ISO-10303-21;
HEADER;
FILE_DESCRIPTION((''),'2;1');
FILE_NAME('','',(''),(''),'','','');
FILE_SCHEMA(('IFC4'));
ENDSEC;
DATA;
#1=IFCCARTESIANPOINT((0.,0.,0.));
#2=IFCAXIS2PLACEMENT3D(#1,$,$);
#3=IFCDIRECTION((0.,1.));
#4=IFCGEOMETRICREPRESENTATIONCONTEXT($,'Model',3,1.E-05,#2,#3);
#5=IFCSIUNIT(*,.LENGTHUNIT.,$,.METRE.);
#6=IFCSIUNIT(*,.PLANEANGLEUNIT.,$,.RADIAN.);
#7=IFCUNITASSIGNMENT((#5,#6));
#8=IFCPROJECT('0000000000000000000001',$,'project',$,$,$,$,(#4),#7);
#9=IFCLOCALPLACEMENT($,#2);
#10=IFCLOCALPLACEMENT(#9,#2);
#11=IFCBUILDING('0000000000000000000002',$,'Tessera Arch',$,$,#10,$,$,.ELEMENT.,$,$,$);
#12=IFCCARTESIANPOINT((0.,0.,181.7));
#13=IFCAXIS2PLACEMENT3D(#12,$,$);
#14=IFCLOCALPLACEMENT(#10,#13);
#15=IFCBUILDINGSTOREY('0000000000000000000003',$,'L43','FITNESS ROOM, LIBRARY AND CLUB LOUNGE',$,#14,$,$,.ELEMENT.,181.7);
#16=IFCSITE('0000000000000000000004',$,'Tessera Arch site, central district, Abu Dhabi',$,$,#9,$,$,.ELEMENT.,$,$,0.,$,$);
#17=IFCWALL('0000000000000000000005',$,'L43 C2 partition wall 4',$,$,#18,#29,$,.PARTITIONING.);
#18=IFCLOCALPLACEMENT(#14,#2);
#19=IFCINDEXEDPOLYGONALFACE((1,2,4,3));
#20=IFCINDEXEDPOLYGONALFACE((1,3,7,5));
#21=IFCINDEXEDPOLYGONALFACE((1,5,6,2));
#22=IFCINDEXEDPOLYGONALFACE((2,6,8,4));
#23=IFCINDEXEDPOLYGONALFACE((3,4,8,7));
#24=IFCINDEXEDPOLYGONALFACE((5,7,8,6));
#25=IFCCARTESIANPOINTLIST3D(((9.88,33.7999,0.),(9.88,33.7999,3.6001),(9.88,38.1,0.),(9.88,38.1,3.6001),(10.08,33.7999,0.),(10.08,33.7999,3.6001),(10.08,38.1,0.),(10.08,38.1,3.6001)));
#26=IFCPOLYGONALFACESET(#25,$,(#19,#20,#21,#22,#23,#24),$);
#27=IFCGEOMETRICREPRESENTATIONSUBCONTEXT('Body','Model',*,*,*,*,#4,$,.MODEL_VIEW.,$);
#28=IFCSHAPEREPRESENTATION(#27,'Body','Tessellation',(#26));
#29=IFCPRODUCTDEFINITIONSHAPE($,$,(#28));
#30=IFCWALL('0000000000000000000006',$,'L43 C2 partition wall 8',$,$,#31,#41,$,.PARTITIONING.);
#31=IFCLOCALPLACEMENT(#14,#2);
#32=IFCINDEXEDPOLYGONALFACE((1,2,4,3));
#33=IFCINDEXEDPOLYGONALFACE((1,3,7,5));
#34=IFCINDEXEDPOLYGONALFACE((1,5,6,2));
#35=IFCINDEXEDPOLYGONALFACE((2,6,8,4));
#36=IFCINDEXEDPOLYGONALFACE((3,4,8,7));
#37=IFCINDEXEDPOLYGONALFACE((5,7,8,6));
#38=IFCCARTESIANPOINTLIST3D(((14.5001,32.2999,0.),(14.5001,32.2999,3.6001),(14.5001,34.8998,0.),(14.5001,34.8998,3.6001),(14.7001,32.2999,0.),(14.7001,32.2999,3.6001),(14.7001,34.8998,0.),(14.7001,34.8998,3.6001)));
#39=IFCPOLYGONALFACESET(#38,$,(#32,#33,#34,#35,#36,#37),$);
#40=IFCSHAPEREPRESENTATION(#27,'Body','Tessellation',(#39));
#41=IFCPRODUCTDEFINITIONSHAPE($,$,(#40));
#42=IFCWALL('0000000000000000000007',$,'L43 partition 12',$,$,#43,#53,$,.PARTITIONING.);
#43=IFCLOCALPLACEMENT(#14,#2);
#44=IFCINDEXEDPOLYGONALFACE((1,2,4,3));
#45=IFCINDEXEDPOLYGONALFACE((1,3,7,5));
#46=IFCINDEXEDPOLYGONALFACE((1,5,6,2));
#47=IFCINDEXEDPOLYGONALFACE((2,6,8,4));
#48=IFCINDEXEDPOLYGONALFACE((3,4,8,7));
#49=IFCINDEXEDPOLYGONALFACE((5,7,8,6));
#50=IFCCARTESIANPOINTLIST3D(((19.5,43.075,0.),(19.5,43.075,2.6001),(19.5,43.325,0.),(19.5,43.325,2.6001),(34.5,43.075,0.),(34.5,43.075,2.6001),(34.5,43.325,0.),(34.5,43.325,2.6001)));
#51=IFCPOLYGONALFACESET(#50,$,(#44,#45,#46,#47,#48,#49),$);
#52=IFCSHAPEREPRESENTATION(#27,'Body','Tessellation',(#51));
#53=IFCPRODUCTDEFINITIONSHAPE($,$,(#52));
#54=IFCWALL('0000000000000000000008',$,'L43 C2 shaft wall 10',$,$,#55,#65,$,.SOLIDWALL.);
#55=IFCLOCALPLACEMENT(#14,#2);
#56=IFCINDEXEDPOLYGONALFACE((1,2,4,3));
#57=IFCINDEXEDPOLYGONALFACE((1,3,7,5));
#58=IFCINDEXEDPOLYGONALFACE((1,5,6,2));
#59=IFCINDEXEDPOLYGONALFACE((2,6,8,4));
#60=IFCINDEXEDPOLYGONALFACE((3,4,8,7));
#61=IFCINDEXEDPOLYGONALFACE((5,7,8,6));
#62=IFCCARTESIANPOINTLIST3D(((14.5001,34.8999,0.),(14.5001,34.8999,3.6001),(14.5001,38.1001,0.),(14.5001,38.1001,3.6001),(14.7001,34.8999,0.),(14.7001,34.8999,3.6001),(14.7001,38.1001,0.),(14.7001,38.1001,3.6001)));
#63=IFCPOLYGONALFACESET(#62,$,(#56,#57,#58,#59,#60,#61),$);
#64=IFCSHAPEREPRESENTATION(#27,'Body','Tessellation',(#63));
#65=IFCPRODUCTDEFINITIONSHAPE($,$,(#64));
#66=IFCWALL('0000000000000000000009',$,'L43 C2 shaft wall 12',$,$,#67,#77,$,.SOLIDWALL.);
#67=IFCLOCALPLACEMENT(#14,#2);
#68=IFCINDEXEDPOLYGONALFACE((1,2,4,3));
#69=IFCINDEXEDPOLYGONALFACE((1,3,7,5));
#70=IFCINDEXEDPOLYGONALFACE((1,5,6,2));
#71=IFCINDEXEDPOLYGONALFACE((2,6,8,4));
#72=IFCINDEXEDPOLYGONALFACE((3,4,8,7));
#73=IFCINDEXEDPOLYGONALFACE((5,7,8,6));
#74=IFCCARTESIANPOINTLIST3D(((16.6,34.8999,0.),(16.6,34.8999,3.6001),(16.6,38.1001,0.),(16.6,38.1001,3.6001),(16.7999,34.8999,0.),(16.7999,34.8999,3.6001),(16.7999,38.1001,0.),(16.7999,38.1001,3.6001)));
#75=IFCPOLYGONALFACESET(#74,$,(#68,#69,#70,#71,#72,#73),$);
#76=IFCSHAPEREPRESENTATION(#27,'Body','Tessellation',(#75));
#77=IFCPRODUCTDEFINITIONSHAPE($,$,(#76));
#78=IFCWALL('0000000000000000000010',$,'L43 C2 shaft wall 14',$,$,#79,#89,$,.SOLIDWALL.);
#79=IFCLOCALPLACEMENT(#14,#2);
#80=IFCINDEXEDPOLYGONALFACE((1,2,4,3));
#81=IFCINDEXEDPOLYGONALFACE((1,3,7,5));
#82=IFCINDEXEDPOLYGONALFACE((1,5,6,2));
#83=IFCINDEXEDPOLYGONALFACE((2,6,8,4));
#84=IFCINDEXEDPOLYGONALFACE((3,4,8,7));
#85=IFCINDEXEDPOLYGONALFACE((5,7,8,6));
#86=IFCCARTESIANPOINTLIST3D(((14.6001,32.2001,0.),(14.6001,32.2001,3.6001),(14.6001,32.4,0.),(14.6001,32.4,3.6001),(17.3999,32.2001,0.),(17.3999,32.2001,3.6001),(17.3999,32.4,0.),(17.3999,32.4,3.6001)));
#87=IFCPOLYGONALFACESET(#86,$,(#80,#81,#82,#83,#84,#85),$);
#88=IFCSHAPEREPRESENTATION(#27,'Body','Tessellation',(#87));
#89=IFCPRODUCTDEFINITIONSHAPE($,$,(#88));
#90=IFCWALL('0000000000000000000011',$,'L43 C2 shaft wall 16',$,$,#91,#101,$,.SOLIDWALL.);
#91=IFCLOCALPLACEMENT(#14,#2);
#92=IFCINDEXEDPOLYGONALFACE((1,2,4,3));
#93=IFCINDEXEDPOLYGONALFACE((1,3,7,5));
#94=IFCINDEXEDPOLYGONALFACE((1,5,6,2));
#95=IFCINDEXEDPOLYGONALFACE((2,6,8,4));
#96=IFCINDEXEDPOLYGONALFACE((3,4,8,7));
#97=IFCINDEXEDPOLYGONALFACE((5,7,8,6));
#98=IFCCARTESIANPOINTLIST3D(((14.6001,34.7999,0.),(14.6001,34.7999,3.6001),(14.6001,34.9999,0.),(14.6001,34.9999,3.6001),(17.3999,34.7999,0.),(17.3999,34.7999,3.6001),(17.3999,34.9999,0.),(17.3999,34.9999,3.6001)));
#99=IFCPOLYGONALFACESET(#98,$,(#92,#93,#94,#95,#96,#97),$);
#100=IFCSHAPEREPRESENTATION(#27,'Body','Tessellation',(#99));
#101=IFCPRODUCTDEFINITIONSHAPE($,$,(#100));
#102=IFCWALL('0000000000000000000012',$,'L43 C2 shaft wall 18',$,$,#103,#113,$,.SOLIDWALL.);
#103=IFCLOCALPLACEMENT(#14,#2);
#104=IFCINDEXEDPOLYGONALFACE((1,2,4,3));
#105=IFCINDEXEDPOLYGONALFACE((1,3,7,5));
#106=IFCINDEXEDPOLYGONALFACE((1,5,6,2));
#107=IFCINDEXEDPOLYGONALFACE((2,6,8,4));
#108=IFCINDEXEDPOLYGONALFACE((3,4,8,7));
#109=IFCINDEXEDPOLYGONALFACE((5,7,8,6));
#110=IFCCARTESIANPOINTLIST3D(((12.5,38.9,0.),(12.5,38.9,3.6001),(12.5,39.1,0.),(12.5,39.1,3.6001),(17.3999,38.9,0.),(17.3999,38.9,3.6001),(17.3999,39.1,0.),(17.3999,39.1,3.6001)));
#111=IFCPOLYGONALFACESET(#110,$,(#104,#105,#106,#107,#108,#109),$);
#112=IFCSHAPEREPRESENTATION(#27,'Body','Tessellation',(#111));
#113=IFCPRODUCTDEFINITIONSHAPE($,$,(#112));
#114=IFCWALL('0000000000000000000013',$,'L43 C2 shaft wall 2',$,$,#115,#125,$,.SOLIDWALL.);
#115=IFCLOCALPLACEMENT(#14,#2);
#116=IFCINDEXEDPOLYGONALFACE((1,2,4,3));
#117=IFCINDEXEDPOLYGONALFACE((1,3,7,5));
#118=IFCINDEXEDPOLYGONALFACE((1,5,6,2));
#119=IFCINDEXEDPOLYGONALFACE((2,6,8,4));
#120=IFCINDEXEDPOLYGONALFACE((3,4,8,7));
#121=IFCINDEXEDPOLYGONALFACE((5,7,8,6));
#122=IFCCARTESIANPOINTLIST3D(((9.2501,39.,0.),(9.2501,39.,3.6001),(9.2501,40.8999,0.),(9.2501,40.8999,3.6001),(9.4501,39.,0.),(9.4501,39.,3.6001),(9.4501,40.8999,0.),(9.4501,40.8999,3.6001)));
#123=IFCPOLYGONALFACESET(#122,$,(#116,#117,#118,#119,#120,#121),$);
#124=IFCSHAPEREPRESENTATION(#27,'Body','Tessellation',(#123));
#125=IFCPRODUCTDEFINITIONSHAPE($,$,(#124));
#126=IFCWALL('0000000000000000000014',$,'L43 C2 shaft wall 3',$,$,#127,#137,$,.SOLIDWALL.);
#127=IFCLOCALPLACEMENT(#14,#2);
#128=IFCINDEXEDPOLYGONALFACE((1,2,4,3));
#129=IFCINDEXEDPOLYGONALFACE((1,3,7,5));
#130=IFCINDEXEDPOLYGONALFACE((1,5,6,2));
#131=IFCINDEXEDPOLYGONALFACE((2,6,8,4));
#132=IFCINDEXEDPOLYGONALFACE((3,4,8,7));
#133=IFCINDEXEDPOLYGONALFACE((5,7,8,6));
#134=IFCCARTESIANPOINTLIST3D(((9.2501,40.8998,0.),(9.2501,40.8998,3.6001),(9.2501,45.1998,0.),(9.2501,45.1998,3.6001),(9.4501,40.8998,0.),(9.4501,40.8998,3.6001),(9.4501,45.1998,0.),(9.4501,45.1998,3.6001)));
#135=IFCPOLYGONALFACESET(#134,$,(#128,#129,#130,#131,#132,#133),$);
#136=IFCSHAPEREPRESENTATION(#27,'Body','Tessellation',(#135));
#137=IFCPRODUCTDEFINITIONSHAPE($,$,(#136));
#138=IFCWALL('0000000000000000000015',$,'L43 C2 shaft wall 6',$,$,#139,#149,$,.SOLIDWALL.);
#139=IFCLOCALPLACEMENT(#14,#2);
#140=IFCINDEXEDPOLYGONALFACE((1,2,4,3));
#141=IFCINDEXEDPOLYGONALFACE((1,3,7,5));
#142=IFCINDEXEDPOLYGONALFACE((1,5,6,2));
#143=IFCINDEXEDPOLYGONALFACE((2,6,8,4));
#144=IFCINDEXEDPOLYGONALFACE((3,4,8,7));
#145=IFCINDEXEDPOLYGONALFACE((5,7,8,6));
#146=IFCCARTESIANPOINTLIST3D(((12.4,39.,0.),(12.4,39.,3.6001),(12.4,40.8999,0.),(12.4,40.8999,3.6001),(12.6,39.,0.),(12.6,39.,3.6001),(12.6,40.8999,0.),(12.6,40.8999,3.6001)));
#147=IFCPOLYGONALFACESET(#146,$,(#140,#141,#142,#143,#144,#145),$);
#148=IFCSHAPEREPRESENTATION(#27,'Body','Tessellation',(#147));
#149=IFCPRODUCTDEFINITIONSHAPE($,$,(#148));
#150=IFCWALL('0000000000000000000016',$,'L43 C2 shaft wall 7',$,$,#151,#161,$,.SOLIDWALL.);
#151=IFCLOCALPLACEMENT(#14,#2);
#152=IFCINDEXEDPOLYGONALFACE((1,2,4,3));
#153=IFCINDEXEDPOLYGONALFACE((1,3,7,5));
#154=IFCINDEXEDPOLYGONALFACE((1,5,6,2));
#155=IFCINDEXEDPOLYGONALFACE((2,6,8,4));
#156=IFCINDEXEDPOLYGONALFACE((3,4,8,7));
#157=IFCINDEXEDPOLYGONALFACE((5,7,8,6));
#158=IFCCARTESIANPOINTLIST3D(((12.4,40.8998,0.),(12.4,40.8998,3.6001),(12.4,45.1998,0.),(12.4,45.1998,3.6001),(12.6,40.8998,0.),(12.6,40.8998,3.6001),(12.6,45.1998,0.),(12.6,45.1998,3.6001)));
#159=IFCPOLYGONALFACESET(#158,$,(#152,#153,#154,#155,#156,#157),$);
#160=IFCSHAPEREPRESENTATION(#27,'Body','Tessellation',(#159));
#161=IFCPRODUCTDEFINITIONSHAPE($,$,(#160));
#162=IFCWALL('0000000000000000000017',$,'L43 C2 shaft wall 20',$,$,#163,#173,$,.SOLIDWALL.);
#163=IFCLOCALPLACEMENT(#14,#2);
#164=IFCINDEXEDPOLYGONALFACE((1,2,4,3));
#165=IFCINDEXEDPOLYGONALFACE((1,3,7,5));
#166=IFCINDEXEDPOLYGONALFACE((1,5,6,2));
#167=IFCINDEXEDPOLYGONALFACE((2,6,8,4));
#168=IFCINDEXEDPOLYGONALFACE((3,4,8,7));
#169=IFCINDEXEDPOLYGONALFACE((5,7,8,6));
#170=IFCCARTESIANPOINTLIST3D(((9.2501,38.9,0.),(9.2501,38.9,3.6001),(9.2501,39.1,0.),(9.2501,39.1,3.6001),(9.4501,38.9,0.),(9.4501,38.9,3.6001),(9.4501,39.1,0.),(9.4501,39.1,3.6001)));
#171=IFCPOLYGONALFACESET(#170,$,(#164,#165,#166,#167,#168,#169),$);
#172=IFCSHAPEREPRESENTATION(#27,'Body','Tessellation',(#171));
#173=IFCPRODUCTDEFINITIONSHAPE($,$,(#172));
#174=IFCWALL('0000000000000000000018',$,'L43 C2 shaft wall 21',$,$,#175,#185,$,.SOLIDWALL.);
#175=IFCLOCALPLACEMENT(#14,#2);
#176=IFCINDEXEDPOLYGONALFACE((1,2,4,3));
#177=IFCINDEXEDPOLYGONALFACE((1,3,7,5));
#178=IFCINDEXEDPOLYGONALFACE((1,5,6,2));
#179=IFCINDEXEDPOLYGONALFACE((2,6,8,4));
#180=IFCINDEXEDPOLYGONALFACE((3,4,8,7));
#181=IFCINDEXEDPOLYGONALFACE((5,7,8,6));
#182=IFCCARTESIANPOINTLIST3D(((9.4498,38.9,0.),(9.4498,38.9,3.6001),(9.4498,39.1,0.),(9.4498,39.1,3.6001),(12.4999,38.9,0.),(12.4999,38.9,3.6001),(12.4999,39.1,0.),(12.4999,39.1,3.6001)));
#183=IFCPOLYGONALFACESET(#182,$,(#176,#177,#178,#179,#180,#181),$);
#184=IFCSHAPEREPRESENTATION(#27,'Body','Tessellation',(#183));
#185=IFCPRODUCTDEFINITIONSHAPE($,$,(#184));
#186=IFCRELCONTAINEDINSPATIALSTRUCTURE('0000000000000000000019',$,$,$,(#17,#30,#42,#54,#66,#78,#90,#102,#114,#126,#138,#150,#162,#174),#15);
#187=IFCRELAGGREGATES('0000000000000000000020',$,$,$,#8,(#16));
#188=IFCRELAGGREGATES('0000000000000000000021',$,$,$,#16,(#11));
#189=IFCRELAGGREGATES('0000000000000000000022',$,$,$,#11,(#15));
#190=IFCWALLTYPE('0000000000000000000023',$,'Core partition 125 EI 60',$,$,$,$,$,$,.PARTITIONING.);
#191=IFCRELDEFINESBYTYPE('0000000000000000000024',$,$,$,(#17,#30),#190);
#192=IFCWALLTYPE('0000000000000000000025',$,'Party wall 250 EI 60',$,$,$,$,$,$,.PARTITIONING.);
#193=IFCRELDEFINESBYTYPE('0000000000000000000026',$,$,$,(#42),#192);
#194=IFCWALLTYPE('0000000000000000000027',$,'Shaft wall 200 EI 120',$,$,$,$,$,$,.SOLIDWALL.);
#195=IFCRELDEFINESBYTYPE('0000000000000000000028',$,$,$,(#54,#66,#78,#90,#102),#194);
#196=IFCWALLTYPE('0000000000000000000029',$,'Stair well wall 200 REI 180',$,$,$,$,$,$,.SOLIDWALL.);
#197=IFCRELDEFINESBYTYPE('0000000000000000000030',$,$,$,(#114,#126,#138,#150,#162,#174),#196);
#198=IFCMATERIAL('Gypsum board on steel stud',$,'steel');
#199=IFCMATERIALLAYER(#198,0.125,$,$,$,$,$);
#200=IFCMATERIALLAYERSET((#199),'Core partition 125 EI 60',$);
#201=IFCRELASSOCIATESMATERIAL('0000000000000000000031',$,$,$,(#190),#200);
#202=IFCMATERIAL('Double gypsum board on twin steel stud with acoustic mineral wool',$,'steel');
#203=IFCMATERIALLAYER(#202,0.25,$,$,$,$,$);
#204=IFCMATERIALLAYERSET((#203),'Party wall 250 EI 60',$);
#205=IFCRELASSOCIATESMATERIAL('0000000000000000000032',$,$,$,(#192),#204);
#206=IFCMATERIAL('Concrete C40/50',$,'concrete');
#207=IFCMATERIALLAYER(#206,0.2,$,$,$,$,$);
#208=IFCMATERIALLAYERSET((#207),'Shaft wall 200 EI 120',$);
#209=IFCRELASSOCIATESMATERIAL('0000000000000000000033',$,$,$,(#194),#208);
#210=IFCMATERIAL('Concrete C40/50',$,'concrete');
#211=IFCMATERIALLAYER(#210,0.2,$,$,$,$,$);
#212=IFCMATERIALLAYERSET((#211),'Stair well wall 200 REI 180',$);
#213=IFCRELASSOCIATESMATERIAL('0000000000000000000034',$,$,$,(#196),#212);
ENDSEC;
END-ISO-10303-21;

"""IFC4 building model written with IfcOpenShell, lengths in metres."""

from ifc_helpers import new_model, si_unit, direction, frame, frame_2d, origin, place, context, subcontext, project, spatial, rectangle, extrude, material, layer, layer_set, type_object, element, save


model = new_model("IFC4")

# Units and contexts
model_context = context("Model", 3, precision=1e-05, world=origin(), true_north=direction((0.0, 1.0)))
body_context = subcontext(model_context, "Body", "Model", "MODEL_VIEW")
ifc_project = project(units=[si_unit("LENGTHUNIT", "METRE"), si_unit("PLANEANGLEUNIT", "RADIAN")], contexts=[model_context])

# Site, building, storey
site_placement = place(None, origin())
site = spatial("IfcSite", under=ifc_project, at=site_placement, Name="Tessera Arch site, central district, Abu Dhabi", CompositionType="ELEMENT", RefElevation=0.0)
building_placement = place(site_placement, origin())
building = spatial("IfcBuilding", under=site, at=building_placement, Name="Tessera Arch", CompositionType="ELEMENT")
storey_placement = place(building_placement, frame((0.0, 0.0, 181.7)))
storey = spatial("IfcBuildingStorey", under=building, at=storey_placement, Name="L43", Description="FITNESS ROOM, LIBRARY AND CLUB LOUNGE", CompositionType="ELEMENT", Elevation=181.7)

# Walls
ifc_material_1 = material(Name="Gypsum board on steel stud", Category="steel")
ifc_layer_1 = layer(ifc_material_1, 0.125)
ifc_layer_set_1 = layer_set([ifc_layer_1], Name="Core partition 125 EI 60")
wall_type_1 = type_object("IfcWallType", Name="Core partition 125 EI 60", PredefinedType="PARTITIONING", material=ifc_layer_set_1)
wall_1_placement = place(storey_placement, frame((9.98, 33.8, 0.0), z_axis=(0.0, 0.0, 1.0), x_axis=(0.0, 1.0, 0.0)))
element("IfcWall", 1, at=wall_1_placement, inside=storey, type_object=wall_type_1, Name="L43 C2 partition wall 4", PredefinedType="PARTITIONING", context=body_context, shape_type="SweptSolid", body=[
    extrude(rectangle(XDim=4.3, YDim=0.2, at=frame_2d((2.1499, 0.0))), origin(), (0.0, 0.0, 1.0), 3.6001),
])
wall_2_placement = place(storey_placement, frame((14.6001, 32.3, 0.0), z_axis=(0.0, 0.0, 1.0), x_axis=(0.0, 1.0, 0.0)))
element("IfcWall", 2, at=wall_2_placement, inside=storey, type_object=wall_type_1, Name="L43 C2 partition wall 8", PredefinedType="PARTITIONING", context=body_context, shape_type="SweptSolid", body=[
    extrude(rectangle(XDim=2.5999, YDim=0.2, at=frame_2d((1.2998, 0.0))), origin(), (0.0, 0.0, 1.0), 3.6001),
])
ifc_material_2 = material(Name="Double gypsum board on twin steel stud with acoustic mineral wool", Category="steel")
ifc_layer_2 = layer(ifc_material_2, 0.25)
ifc_layer_set_2 = layer_set([ifc_layer_2], Name="Party wall 250 EI 60")
wall_type_2 = type_object("IfcWallType", Name="Party wall 250 EI 60", PredefinedType="PARTITIONING", material=ifc_layer_set_2)
wall_3_placement = place(storey_placement, frame((19.5, 43.2, 0.0), z_axis=(0.0, 0.0, 1.0), x_axis=(1.0, 0.0, 0.0)))
element("IfcWall", 3, at=wall_3_placement, inside=storey, type_object=wall_type_2, Name="L43 partition 12", PredefinedType="PARTITIONING", context=body_context, shape_type="SweptSolid", body=[
    extrude(rectangle(XDim=15.0, YDim=0.25, at=frame_2d((7.5, 0.0))), origin(), (0.0, 0.0, 1.0), 2.6001),
])
ifc_material_3 = material(Name="Concrete C40/50", Category="concrete")
ifc_layer_3 = layer(ifc_material_3, 0.2)
ifc_layer_set_3 = layer_set([ifc_layer_3], Name="Shaft wall 200 EI 120")
wall_type_3 = type_object("IfcWallType", Name="Shaft wall 200 EI 120", PredefinedType="SOLIDWALL", material=ifc_layer_set_3)
for number, where, z_axis, x_axis, name in (
    (4, (14.6001, 34.8999, 0.0), (0.0, 0.0, 1.0), (0.0, 1.0, 0.0), "L43 C2 shaft wall 10"),
    (5, (16.7, 34.8999, 0.0), (0.0, 0.0, 1.0), (0.0, 1.0, 0.0), "L43 C2 shaft wall 12"),
):
    element("IfcWall", number, at=place(storey_placement, frame(where, z_axis=z_axis, x_axis=x_axis)), inside=storey, type_object=wall_type_3, Name=name, PredefinedType="SOLIDWALL", context=body_context, shape_type="SweptSolid", body=[
        extrude(rectangle(XDim=3.2002, YDim=0.2, at=frame_2d((1.6001, 0.0))), origin(), (0.0, 0.0, 1.0), 3.6001),
    ])
for number, where, z_axis, x_axis, name in (
    (6, (14.6001, 32.3, 0.0), (0.0, 0.0, 1.0), (1.0, 0.0, 0.0), "L43 C2 shaft wall 14"),
    (7, (14.6001, 34.8999, 0.0), (0.0, 0.0, 1.0), (1.0, 0.0, 0.0), "L43 C2 shaft wall 16"),
):
    element("IfcWall", number, at=place(storey_placement, frame(where, z_axis=z_axis, x_axis=x_axis)), inside=storey, type_object=wall_type_3, Name=name, PredefinedType="SOLIDWALL", context=body_context, shape_type="SweptSolid", body=[
        extrude(rectangle(XDim=2.7998, YDim=0.2, at=frame_2d((1.3999, 0.0))), origin(), (0.0, 0.0, 1.0), 3.6001),
    ])
wall_4_placement = place(storey_placement, frame((12.5, 39.0, 0.0), z_axis=(0.0, 0.0, 1.0), x_axis=(1.0, 0.0, 0.0)))
element("IfcWall", 8, at=wall_4_placement, inside=storey, type_object=wall_type_3, Name="L43 C2 shaft wall 18", PredefinedType="SOLIDWALL", context=body_context, shape_type="SweptSolid", body=[
    extrude(rectangle(XDim=4.8999, YDim=0.2, at=frame_2d((2.45, 0.0))), origin(), (0.0, 0.0, 1.0), 3.6001),
])
ifc_material_4 = material(Name="Concrete C40/50", Category="concrete")
ifc_layer_4 = layer(ifc_material_4, 0.2)
ifc_layer_set_4 = layer_set([ifc_layer_4], Name="Stair well wall 200 REI 180")
wall_type_4 = type_object("IfcWallType", Name="Stair well wall 200 REI 180", PredefinedType="SOLIDWALL", material=ifc_layer_set_4)
wall_5_placement = place(storey_placement, frame((9.3501, 39.0, 0.0), z_axis=(0.0, 0.0, 1.0), x_axis=(0.0, 1.0, 0.0)))
element("IfcWall", 9, at=wall_5_placement, inside=storey, type_object=wall_type_4, Name="L43 C2 shaft wall 2", PredefinedType="SOLIDWALL", context=body_context, shape_type="SweptSolid", body=[
    extrude(rectangle(XDim=1.8999, YDim=0.2, at=frame_2d((0.95, 0.0))), origin(), (0.0, 0.0, 1.0), 3.6001),
])
wall_6_placement = place(storey_placement, frame((9.3501, 40.8999, 0.0), z_axis=(0.0, 0.0, 1.0), x_axis=(0.0, 1.0, 0.0)))
element("IfcWall", 10, at=wall_6_placement, inside=storey, type_object=wall_type_4, Name="L43 C2 shaft wall 3", PredefinedType="SOLIDWALL", context=body_context, shape_type="SweptSolid", body=[
    extrude(rectangle(XDim=4.3, YDim=0.2, at=frame_2d((2.1499, 0.0))), origin(), (0.0, 0.0, 1.0), 3.6001),
])
wall_7_placement = place(storey_placement, frame((12.5, 39.0, 0.0), z_axis=(0.0, 0.0, 1.0), x_axis=(0.0, 1.0, 0.0)))
element("IfcWall", 11, at=wall_7_placement, inside=storey, type_object=wall_type_4, Name="L43 C2 shaft wall 6", PredefinedType="SOLIDWALL", context=body_context, shape_type="SweptSolid", body=[
    extrude(rectangle(XDim=1.8999, YDim=0.2, at=frame_2d((0.95, 0.0))), origin(), (0.0, 0.0, 1.0), 3.6001),
])
wall_8_placement = place(storey_placement, frame((12.5, 40.8999, 0.0), z_axis=(0.0, 0.0, 1.0), x_axis=(0.0, 1.0, 0.0)))
element("IfcWall", 12, at=wall_8_placement, inside=storey, type_object=wall_type_4, Name="L43 C2 shaft wall 7", PredefinedType="SOLIDWALL", context=body_context, shape_type="SweptSolid", body=[
    extrude(rectangle(XDim=4.3, YDim=0.2, at=frame_2d((2.1499, 0.0))), origin(), (0.0, 0.0, 1.0), 3.6001),
])
wall_9_placement = place(storey_placement, frame((9.25, 39.0, 0.0), z_axis=(0.0, 0.0, 1.0), x_axis=(1.0, 0.0, 0.0)))
element("IfcWall", 13, at=wall_9_placement, inside=storey, type_object=wall_type_4, Name="L43 C2 shaft wall 20", PredefinedType="SOLIDWALL", context=body_context, shape_type="SweptSolid", body=[
    extrude(rectangle(XDim=0.2, YDim=0.2, at=frame_2d((0.1001, 0.0))), origin(), (0.0, 0.0, 1.0), 3.6001),
])
wall_10_placement = place(storey_placement, frame((9.45, 39.0, 0.0), z_axis=(0.0, 0.0, 1.0), x_axis=(1.0, 0.0, 0.0)))
element("IfcWall", 14, at=wall_10_placement, inside=storey, type_object=wall_type_4, Name="L43 C2 shaft wall 21", PredefinedType="SOLIDWALL", context=body_context, shape_type="SweptSolid", body=[
    extrude(rectangle(XDim=3.05, YDim=0.2, at=frame_2d((1.5249, 0.0))), origin(), (0.0, 0.0, 1.0), 3.6001),
])

save(model, "model.ifc")
